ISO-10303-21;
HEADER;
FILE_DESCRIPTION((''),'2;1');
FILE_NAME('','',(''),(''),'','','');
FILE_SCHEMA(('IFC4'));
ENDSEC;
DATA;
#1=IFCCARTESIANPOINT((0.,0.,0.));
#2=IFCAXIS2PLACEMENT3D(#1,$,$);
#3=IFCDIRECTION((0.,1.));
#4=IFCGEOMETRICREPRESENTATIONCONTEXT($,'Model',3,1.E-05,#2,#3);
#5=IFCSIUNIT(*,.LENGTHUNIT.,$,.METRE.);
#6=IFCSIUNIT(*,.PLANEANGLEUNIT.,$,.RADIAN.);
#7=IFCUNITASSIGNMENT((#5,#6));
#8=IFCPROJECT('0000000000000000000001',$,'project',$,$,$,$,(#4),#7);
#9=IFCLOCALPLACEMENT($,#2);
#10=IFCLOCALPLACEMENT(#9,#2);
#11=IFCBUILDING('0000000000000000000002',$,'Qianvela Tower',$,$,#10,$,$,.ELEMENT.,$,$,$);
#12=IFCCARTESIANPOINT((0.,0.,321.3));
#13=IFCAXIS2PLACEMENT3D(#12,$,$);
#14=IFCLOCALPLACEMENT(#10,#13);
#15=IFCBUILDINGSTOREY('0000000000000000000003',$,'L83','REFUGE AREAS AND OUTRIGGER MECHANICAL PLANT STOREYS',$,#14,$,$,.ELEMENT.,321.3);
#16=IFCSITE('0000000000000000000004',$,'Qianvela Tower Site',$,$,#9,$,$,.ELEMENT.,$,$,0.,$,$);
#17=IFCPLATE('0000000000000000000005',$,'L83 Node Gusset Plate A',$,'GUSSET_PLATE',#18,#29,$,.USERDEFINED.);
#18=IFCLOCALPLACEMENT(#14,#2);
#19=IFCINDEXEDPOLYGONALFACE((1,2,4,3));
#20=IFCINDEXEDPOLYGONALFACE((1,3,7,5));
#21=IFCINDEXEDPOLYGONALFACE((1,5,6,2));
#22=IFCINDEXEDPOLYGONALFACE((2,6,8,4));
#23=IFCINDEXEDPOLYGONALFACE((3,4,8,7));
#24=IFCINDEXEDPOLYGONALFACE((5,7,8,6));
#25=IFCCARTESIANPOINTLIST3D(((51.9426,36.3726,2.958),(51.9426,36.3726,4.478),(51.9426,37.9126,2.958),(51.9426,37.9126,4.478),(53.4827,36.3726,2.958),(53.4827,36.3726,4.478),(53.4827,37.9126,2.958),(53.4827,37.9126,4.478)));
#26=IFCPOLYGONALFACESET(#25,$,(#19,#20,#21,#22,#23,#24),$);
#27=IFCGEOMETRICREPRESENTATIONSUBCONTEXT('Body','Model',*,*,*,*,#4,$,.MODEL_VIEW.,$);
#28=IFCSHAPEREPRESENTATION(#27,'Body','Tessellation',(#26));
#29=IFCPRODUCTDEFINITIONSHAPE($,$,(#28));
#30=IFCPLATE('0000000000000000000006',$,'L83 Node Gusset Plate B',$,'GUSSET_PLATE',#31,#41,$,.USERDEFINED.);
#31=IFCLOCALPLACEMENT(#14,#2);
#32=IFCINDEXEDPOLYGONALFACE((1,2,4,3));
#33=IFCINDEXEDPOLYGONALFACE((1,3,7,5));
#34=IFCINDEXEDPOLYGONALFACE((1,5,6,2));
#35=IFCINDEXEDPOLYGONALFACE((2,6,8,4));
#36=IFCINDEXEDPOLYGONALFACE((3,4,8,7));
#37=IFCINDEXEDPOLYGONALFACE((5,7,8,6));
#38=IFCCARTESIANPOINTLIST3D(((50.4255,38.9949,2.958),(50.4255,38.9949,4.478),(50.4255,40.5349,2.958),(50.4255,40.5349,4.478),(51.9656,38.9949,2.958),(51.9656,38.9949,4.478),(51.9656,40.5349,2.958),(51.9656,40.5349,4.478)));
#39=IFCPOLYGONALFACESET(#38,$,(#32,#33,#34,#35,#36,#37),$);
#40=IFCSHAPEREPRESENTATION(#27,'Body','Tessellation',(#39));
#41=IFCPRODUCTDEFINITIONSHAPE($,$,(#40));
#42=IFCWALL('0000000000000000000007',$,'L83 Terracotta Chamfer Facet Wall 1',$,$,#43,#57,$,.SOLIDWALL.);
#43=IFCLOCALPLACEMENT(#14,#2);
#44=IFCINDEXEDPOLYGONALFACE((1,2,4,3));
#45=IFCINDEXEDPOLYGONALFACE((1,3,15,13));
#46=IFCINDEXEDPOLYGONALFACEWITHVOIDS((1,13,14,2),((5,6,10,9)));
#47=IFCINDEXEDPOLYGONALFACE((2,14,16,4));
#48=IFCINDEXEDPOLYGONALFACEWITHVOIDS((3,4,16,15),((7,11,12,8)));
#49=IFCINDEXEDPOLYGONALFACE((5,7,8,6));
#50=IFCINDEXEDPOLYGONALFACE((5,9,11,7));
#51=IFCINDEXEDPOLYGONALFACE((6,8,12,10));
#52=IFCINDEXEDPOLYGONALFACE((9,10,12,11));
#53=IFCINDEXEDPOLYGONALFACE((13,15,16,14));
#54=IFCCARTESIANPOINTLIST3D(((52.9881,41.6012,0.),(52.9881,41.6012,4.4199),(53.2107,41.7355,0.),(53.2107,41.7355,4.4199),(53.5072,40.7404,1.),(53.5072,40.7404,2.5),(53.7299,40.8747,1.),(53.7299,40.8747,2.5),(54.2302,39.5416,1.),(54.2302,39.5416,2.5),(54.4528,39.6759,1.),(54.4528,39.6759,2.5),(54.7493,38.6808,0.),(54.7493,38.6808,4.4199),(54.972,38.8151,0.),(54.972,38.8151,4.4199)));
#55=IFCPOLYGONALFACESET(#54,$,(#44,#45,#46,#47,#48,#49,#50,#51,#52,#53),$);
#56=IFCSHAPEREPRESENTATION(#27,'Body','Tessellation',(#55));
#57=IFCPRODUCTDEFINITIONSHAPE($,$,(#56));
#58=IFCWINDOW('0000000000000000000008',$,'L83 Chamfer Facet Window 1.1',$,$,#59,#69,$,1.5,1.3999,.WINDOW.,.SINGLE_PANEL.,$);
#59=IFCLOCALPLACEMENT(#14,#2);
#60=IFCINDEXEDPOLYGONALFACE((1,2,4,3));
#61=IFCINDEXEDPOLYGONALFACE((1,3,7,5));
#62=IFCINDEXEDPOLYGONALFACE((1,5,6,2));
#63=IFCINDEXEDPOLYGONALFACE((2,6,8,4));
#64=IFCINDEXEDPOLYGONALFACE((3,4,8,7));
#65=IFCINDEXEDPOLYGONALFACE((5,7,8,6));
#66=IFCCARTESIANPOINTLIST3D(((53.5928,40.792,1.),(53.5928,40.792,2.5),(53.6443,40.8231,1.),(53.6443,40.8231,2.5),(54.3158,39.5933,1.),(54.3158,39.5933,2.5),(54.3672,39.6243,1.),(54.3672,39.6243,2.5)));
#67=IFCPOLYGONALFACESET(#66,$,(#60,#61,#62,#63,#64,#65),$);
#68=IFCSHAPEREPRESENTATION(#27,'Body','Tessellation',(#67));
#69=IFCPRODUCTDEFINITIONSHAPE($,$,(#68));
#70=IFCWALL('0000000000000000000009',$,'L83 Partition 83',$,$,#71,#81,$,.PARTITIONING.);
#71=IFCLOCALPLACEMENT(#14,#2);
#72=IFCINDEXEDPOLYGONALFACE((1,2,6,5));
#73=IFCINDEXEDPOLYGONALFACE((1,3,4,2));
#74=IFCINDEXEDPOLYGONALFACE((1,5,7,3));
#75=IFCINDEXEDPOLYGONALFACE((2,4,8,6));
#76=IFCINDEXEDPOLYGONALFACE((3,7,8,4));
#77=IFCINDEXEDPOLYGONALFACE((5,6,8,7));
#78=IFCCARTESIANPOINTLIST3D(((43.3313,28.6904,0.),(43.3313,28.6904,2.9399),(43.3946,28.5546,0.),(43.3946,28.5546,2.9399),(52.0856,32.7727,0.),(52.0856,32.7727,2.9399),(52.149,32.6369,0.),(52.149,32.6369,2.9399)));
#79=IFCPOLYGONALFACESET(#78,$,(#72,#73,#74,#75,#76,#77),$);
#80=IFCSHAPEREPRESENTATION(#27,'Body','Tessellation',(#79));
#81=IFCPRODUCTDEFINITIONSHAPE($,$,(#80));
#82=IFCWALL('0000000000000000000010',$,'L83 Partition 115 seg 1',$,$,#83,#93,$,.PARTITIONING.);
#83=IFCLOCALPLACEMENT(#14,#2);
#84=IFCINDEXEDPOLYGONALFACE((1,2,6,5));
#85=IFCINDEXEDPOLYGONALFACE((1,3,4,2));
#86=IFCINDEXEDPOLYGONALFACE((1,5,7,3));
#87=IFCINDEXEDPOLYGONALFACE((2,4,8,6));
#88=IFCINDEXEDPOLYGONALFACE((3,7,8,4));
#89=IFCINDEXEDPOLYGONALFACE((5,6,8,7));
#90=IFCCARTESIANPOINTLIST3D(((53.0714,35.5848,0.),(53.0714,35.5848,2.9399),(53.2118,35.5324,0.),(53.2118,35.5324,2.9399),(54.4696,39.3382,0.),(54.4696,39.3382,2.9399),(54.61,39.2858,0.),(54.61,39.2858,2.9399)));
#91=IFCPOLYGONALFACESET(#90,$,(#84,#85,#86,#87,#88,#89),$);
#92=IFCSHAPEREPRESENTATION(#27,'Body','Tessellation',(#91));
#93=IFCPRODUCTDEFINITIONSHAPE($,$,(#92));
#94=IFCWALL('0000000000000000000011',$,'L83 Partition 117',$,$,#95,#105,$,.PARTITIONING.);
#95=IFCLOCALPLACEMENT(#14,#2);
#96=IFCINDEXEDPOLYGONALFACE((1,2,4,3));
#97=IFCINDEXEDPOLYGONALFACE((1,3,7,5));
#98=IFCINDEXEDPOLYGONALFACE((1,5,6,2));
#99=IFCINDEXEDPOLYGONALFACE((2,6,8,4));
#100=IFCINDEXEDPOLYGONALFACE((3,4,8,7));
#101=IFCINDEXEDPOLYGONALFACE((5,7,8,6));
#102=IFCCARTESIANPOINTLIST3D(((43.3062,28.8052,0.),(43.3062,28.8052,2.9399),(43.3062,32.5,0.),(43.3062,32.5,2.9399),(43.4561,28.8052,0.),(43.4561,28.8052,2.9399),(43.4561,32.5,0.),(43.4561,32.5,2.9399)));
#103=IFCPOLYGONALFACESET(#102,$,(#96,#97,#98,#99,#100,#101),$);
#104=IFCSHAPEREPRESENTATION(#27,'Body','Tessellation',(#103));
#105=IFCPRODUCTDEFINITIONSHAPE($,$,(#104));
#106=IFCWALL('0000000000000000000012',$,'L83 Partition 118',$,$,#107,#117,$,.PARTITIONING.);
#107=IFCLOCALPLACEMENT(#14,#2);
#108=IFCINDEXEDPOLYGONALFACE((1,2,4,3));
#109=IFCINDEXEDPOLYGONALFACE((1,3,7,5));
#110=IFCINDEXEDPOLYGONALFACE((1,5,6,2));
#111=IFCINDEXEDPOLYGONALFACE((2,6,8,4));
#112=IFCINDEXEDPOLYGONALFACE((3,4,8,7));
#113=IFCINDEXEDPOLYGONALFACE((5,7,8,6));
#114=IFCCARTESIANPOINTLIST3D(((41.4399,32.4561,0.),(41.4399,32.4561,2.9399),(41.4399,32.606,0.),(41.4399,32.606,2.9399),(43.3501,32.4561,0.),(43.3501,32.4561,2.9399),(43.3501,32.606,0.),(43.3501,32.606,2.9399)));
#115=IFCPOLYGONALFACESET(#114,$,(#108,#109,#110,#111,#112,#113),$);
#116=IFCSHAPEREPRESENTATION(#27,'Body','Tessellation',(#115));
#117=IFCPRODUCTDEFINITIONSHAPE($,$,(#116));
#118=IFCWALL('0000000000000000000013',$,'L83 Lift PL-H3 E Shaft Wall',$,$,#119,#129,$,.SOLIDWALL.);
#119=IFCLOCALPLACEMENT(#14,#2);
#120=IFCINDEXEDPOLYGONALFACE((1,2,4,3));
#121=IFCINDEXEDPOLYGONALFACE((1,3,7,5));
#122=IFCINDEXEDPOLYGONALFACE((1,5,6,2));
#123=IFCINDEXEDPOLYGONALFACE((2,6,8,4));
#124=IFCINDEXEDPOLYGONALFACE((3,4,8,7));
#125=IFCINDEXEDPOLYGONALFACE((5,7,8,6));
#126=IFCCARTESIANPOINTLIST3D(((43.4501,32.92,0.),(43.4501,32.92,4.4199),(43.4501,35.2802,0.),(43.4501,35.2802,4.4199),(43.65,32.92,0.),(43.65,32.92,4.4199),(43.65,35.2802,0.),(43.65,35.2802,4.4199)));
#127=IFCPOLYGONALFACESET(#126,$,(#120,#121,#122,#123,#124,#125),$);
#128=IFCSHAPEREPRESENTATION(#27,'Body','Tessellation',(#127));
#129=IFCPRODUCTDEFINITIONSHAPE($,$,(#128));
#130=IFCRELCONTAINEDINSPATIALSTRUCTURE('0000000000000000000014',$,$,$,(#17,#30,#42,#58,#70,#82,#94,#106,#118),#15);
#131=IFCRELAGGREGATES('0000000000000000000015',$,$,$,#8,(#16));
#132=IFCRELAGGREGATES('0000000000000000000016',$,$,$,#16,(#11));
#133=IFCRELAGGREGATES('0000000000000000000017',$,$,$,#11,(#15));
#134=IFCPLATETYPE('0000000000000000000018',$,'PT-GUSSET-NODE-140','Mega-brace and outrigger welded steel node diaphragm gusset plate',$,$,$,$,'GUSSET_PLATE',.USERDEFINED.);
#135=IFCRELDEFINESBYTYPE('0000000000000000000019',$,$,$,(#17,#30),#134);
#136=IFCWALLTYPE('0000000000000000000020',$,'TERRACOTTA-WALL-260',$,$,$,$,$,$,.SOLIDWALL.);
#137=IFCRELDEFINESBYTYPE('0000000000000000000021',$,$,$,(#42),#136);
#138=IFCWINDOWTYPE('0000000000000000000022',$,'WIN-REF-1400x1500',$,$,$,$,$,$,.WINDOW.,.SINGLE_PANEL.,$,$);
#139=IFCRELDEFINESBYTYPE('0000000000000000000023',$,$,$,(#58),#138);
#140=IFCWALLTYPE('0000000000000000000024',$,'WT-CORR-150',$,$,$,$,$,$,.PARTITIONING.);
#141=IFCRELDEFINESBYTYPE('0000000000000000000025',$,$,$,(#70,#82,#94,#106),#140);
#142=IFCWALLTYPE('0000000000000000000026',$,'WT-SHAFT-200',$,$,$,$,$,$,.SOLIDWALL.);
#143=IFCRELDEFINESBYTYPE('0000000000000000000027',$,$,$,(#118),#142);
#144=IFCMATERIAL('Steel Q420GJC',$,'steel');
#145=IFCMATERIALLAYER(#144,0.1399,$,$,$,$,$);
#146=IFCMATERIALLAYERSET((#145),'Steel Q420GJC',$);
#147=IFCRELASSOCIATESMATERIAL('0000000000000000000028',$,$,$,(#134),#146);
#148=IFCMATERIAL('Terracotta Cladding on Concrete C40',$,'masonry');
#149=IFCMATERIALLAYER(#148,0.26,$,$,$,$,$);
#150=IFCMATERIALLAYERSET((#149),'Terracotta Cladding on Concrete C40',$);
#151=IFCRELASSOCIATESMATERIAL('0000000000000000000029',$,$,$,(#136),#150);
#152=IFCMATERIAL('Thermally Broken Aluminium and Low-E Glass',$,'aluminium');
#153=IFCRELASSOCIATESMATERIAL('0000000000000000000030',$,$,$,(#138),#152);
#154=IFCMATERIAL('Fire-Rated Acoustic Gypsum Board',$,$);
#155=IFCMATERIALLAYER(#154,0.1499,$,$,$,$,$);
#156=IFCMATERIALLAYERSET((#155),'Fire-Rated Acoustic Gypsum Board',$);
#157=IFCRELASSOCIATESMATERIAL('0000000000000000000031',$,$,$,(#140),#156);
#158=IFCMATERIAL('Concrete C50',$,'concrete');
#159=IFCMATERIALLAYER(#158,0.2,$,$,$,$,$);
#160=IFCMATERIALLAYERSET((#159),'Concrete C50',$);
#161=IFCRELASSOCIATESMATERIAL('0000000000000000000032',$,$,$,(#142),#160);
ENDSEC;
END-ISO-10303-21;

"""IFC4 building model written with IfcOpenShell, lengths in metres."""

from ifc_helpers import new_model, si_unit, direction, frame, frame_2d, origin, origin_2d, place, context, subcontext, project, spatial, rectangle, extrude, material, layer, layer_set, type_object, element, fill, save


model = new_model("IFC4")

# Units and contexts
model_context = context("Model", 3, precision=1e-05, world=origin(), true_north=direction((0.0, 1.0)))
body_context = subcontext(model_context, "Body", "Model", "MODEL_VIEW")
ifc_project = project(units=[si_unit("LENGTHUNIT", "METRE"), si_unit("PLANEANGLEUNIT", "RADIAN")], contexts=[model_context])

# Site, building, storey
site_placement = place(None, origin())
site = spatial("IfcSite", under=ifc_project, at=site_placement, Name="Qianvela Tower Site", CompositionType="ELEMENT", RefElevation=0.0)
building_placement = place(site_placement, origin())
building = spatial("IfcBuilding", under=site, at=building_placement, Name="Qianvela Tower", CompositionType="ELEMENT")
storey_placement = place(building_placement, frame((0.0, 0.0, 321.3)))
storey = spatial("IfcBuildingStorey", under=building, at=storey_placement, Name="L83", Description="REFUGE AREAS AND OUTRIGGER MECHANICAL PLANT STOREYS", CompositionType="ELEMENT", Elevation=321.3)

# Plates
ifc_material_1 = material(Name="Steel Q420GJC", Category="steel")
ifc_layer_1 = layer(ifc_material_1, 0.1399)
ifc_layer_set_1 = layer_set([ifc_layer_1], Name="Steel Q420GJC")
plate_type_1 = type_object("IfcPlateType", Name="PT-GUSSET-NODE-140", Description="Mega-brace and outrigger welded steel node diaphragm gusset plate", ElementType="GUSSET_PLATE", PredefinedType="USERDEFINED", material=ifc_layer_set_1)
for number, where, z_axis, x_axis, name in (
    (1, (52.7126, 37.1426, 2.958), (0.0, 0.0, 1.0), (1.0, 0.0, 0.0), "L83 Node Gusset Plate A"),
    (2, (51.1956, 39.7649, 2.958), (0.0, 0.0, 1.0), (1.0, 0.0, 0.0), "L83 Node Gusset Plate B"),
):
    element("IfcPlate", number, at=place(storey_placement, frame(where, z_axis=z_axis, x_axis=x_axis)), inside=storey, type_object=plate_type_1, Name=name, ObjectType="GUSSET_PLATE", PredefinedType="USERDEFINED", context=body_context, shape_type="SweptSolid", body=[
        extrude(rectangle(XDim=1.54, YDim=1.54, at=origin_2d()), origin(), (0.0, 0.0, 1.0), 1.52),
    ])

# Wall, opening, window
ifc_material_2 = material(Name="Terracotta Cladding on Concrete C40", Category="masonry")
ifc_layer_2 = layer(ifc_material_2, 0.26)
ifc_layer_set_2 = layer_set([ifc_layer_2], Name="Terracotta Cladding on Concrete C40")
wall_type_1 = type_object("IfcWallType", Name="TERRACOTTA-WALL-260", PredefinedType="SOLIDWALL", material=ifc_layer_set_2)
wall_1_placement = place(storey_placement, frame((54.8606, 38.748, 0.0), z_axis=(0.0, 0.0, 1.0), x_axis=(-0.516432, 0.856328, 0.0)))
wall_1 = element("IfcWall", 3, at=wall_1_placement, inside=storey, type_object=wall_type_1, Name="L83 Terracotta Chamfer Facet Wall 1", PredefinedType="SOLIDWALL", context=body_context, shape_type="SweptSolid", body=[
    extrude(rectangle(XDim=3.4104, YDim=0.26, at=frame_2d((1.7051, 0.0))), origin(), (0.0, 0.0, 1.0), 4.4199),
])
opening_placement = place(wall_1_placement, frame((1.0051, 0.0, 1.0)))
opening = element("IfcOpeningElement", 4, at=opening_placement, cuts=wall_1, PredefinedType="OPENING", context=body_context, shape_type="SweptSolid", body=[
    extrude(rectangle(XDim=1.3999, YDim=1.5, at=frame_2d((0.7, 0.75))), frame((0.0, 0.1399, 0.0), z_axis=(0.0, -1.0, 0.0), x_axis=(1.0, 0.0, 0.0)), (0.0, 0.0, 1.0), 0.28),
])
ifc_material_3 = material(Name="Thermally Broken Aluminium and Low-E Glass", Category="aluminium")
window_type = type_object("IfcWindowType", Name="WIN-REF-1400x1500", PartitioningType="SINGLE_PANEL", PredefinedType="WINDOW", material=ifc_material_3)
window_placement = place(opening_placement, origin())
window = element("IfcWindow", 5, at=window_placement, inside=storey, type_object=window_type, Name="L83 Chamfer Facet Window 1.1", OverallHeight=1.5, OverallWidth=1.3999, PartitioningType="SINGLE_PANEL", PredefinedType="WINDOW", context=body_context, shape_type="SweptSolid", body=[
    extrude(rectangle(XDim=1.3999, YDim=1.5, at=frame_2d((0.7, 0.75))), frame((0.0, 0.03, 0.0), z_axis=(0.0, -1.0, 0.0), x_axis=(1.0, 0.0, 0.0)), (0.0, 0.0, 1.0), 0.0601),
])
fill(opening, window)

# Walls
ifc_material_4 = material(Name="Fire-Rated Acoustic Gypsum Board")
ifc_layer_3 = layer(ifc_material_4, 0.1499)
ifc_layer_set_3 = layer_set([ifc_layer_3], Name="Fire-Rated Acoustic Gypsum Board")
wall_type_2 = type_object("IfcWallType", Name="WT-CORR-150", PredefinedType="PARTITIONING", material=ifc_layer_set_3)
wall_2_placement = place(storey_placement, frame((43.363, 28.6226, 0.0), z_axis=(0.0, 0.0, 1.0), x_axis=(0.906306, 0.422621, 0.0)))
element("IfcWall", 6, at=wall_2_placement, inside=storey, type_object=wall_type_2, Name="L83 Partition 83", PredefinedType="PARTITIONING", context=body_context, shape_type="SweptSolid", body=[
    extrude(rectangle(XDim=9.6594, YDim=0.1499, at=frame_2d((4.8296, 0.0))), origin(), (0.0, 0.0, 1.0), 2.9399),
])
wall_3_placement = place(storey_placement, frame((54.5398, 39.312, 0.0), z_axis=(0.0, 0.0, 1.0), x_axis=(-0.349079, -0.937093, 0.0)))
element("IfcWall", 7, at=wall_3_placement, inside=storey, type_object=wall_type_2, Name="L83 Partition 115 seg 1", PredefinedType="PARTITIONING", context=body_context, shape_type="SweptSolid", body=[
    extrude(rectangle(XDim=4.0054, YDim=0.1499, at=frame_2d((2.0027, 0.0))), origin(), (0.0, 0.0, 1.0), 2.9399),
])
wall_4_placement = place(storey_placement, frame((43.3811, 28.8052, 0.0), z_axis=(0.0, 0.0, 1.0), x_axis=(0.0, 1.0, 0.0)))
element("IfcWall", 8, at=wall_4_placement, inside=storey, type_object=wall_type_2, Name="L83 Partition 117", PredefinedType="PARTITIONING", context=body_context, shape_type="SweptSolid", body=[
    extrude(rectangle(XDim=3.6948, YDim=0.1499, at=frame_2d((1.8474, 0.0))), origin(), (0.0, 0.0, 1.0), 2.9399),
])
wall_5_placement = place(storey_placement, frame((43.3501, 32.531, 0.0), z_axis=(0.0, 0.0, 1.0), x_axis=(-1.0, 0.0, 0.0)))
element("IfcWall", 9, at=wall_5_placement, inside=storey, type_object=wall_type_2, Name="L83 Partition 118", PredefinedType="PARTITIONING", context=body_context, shape_type="SweptSolid", body=[
    extrude(rectangle(XDim=1.9102, YDim=0.1499, at=frame_2d((0.9551, 0.0))), origin(), (0.0, 0.0, 1.0), 2.9399),
])
ifc_material_5 = material(Name="Concrete C50", Category="concrete")
ifc_layer_4 = layer(ifc_material_5, 0.2)
ifc_layer_set_4 = layer_set([ifc_layer_4], Name="Concrete C50")
wall_type_3 = type_object("IfcWallType", Name="WT-SHAFT-200", PredefinedType="SOLIDWALL", material=ifc_layer_set_4)
wall_6_placement = place(storey_placement, frame((43.55, 32.9199, 0.0), z_axis=(0.0, 0.0, 1.0), x_axis=(0.0, 1.0, 0.0)))
element("IfcWall", 10, at=wall_6_placement, inside=storey, type_object=wall_type_3, Name="L83 Lift PL-H3 E Shaft Wall", PredefinedType="SOLIDWALL", context=body_context, shape_type="SweptSolid", body=[
    extrude(rectangle(XDim=2.3601, YDim=0.2, at=frame_2d((1.1802, 0.0))), origin(), (0.0, 0.0, 1.0), 4.4199),
])

save(model, "model.ifc")
